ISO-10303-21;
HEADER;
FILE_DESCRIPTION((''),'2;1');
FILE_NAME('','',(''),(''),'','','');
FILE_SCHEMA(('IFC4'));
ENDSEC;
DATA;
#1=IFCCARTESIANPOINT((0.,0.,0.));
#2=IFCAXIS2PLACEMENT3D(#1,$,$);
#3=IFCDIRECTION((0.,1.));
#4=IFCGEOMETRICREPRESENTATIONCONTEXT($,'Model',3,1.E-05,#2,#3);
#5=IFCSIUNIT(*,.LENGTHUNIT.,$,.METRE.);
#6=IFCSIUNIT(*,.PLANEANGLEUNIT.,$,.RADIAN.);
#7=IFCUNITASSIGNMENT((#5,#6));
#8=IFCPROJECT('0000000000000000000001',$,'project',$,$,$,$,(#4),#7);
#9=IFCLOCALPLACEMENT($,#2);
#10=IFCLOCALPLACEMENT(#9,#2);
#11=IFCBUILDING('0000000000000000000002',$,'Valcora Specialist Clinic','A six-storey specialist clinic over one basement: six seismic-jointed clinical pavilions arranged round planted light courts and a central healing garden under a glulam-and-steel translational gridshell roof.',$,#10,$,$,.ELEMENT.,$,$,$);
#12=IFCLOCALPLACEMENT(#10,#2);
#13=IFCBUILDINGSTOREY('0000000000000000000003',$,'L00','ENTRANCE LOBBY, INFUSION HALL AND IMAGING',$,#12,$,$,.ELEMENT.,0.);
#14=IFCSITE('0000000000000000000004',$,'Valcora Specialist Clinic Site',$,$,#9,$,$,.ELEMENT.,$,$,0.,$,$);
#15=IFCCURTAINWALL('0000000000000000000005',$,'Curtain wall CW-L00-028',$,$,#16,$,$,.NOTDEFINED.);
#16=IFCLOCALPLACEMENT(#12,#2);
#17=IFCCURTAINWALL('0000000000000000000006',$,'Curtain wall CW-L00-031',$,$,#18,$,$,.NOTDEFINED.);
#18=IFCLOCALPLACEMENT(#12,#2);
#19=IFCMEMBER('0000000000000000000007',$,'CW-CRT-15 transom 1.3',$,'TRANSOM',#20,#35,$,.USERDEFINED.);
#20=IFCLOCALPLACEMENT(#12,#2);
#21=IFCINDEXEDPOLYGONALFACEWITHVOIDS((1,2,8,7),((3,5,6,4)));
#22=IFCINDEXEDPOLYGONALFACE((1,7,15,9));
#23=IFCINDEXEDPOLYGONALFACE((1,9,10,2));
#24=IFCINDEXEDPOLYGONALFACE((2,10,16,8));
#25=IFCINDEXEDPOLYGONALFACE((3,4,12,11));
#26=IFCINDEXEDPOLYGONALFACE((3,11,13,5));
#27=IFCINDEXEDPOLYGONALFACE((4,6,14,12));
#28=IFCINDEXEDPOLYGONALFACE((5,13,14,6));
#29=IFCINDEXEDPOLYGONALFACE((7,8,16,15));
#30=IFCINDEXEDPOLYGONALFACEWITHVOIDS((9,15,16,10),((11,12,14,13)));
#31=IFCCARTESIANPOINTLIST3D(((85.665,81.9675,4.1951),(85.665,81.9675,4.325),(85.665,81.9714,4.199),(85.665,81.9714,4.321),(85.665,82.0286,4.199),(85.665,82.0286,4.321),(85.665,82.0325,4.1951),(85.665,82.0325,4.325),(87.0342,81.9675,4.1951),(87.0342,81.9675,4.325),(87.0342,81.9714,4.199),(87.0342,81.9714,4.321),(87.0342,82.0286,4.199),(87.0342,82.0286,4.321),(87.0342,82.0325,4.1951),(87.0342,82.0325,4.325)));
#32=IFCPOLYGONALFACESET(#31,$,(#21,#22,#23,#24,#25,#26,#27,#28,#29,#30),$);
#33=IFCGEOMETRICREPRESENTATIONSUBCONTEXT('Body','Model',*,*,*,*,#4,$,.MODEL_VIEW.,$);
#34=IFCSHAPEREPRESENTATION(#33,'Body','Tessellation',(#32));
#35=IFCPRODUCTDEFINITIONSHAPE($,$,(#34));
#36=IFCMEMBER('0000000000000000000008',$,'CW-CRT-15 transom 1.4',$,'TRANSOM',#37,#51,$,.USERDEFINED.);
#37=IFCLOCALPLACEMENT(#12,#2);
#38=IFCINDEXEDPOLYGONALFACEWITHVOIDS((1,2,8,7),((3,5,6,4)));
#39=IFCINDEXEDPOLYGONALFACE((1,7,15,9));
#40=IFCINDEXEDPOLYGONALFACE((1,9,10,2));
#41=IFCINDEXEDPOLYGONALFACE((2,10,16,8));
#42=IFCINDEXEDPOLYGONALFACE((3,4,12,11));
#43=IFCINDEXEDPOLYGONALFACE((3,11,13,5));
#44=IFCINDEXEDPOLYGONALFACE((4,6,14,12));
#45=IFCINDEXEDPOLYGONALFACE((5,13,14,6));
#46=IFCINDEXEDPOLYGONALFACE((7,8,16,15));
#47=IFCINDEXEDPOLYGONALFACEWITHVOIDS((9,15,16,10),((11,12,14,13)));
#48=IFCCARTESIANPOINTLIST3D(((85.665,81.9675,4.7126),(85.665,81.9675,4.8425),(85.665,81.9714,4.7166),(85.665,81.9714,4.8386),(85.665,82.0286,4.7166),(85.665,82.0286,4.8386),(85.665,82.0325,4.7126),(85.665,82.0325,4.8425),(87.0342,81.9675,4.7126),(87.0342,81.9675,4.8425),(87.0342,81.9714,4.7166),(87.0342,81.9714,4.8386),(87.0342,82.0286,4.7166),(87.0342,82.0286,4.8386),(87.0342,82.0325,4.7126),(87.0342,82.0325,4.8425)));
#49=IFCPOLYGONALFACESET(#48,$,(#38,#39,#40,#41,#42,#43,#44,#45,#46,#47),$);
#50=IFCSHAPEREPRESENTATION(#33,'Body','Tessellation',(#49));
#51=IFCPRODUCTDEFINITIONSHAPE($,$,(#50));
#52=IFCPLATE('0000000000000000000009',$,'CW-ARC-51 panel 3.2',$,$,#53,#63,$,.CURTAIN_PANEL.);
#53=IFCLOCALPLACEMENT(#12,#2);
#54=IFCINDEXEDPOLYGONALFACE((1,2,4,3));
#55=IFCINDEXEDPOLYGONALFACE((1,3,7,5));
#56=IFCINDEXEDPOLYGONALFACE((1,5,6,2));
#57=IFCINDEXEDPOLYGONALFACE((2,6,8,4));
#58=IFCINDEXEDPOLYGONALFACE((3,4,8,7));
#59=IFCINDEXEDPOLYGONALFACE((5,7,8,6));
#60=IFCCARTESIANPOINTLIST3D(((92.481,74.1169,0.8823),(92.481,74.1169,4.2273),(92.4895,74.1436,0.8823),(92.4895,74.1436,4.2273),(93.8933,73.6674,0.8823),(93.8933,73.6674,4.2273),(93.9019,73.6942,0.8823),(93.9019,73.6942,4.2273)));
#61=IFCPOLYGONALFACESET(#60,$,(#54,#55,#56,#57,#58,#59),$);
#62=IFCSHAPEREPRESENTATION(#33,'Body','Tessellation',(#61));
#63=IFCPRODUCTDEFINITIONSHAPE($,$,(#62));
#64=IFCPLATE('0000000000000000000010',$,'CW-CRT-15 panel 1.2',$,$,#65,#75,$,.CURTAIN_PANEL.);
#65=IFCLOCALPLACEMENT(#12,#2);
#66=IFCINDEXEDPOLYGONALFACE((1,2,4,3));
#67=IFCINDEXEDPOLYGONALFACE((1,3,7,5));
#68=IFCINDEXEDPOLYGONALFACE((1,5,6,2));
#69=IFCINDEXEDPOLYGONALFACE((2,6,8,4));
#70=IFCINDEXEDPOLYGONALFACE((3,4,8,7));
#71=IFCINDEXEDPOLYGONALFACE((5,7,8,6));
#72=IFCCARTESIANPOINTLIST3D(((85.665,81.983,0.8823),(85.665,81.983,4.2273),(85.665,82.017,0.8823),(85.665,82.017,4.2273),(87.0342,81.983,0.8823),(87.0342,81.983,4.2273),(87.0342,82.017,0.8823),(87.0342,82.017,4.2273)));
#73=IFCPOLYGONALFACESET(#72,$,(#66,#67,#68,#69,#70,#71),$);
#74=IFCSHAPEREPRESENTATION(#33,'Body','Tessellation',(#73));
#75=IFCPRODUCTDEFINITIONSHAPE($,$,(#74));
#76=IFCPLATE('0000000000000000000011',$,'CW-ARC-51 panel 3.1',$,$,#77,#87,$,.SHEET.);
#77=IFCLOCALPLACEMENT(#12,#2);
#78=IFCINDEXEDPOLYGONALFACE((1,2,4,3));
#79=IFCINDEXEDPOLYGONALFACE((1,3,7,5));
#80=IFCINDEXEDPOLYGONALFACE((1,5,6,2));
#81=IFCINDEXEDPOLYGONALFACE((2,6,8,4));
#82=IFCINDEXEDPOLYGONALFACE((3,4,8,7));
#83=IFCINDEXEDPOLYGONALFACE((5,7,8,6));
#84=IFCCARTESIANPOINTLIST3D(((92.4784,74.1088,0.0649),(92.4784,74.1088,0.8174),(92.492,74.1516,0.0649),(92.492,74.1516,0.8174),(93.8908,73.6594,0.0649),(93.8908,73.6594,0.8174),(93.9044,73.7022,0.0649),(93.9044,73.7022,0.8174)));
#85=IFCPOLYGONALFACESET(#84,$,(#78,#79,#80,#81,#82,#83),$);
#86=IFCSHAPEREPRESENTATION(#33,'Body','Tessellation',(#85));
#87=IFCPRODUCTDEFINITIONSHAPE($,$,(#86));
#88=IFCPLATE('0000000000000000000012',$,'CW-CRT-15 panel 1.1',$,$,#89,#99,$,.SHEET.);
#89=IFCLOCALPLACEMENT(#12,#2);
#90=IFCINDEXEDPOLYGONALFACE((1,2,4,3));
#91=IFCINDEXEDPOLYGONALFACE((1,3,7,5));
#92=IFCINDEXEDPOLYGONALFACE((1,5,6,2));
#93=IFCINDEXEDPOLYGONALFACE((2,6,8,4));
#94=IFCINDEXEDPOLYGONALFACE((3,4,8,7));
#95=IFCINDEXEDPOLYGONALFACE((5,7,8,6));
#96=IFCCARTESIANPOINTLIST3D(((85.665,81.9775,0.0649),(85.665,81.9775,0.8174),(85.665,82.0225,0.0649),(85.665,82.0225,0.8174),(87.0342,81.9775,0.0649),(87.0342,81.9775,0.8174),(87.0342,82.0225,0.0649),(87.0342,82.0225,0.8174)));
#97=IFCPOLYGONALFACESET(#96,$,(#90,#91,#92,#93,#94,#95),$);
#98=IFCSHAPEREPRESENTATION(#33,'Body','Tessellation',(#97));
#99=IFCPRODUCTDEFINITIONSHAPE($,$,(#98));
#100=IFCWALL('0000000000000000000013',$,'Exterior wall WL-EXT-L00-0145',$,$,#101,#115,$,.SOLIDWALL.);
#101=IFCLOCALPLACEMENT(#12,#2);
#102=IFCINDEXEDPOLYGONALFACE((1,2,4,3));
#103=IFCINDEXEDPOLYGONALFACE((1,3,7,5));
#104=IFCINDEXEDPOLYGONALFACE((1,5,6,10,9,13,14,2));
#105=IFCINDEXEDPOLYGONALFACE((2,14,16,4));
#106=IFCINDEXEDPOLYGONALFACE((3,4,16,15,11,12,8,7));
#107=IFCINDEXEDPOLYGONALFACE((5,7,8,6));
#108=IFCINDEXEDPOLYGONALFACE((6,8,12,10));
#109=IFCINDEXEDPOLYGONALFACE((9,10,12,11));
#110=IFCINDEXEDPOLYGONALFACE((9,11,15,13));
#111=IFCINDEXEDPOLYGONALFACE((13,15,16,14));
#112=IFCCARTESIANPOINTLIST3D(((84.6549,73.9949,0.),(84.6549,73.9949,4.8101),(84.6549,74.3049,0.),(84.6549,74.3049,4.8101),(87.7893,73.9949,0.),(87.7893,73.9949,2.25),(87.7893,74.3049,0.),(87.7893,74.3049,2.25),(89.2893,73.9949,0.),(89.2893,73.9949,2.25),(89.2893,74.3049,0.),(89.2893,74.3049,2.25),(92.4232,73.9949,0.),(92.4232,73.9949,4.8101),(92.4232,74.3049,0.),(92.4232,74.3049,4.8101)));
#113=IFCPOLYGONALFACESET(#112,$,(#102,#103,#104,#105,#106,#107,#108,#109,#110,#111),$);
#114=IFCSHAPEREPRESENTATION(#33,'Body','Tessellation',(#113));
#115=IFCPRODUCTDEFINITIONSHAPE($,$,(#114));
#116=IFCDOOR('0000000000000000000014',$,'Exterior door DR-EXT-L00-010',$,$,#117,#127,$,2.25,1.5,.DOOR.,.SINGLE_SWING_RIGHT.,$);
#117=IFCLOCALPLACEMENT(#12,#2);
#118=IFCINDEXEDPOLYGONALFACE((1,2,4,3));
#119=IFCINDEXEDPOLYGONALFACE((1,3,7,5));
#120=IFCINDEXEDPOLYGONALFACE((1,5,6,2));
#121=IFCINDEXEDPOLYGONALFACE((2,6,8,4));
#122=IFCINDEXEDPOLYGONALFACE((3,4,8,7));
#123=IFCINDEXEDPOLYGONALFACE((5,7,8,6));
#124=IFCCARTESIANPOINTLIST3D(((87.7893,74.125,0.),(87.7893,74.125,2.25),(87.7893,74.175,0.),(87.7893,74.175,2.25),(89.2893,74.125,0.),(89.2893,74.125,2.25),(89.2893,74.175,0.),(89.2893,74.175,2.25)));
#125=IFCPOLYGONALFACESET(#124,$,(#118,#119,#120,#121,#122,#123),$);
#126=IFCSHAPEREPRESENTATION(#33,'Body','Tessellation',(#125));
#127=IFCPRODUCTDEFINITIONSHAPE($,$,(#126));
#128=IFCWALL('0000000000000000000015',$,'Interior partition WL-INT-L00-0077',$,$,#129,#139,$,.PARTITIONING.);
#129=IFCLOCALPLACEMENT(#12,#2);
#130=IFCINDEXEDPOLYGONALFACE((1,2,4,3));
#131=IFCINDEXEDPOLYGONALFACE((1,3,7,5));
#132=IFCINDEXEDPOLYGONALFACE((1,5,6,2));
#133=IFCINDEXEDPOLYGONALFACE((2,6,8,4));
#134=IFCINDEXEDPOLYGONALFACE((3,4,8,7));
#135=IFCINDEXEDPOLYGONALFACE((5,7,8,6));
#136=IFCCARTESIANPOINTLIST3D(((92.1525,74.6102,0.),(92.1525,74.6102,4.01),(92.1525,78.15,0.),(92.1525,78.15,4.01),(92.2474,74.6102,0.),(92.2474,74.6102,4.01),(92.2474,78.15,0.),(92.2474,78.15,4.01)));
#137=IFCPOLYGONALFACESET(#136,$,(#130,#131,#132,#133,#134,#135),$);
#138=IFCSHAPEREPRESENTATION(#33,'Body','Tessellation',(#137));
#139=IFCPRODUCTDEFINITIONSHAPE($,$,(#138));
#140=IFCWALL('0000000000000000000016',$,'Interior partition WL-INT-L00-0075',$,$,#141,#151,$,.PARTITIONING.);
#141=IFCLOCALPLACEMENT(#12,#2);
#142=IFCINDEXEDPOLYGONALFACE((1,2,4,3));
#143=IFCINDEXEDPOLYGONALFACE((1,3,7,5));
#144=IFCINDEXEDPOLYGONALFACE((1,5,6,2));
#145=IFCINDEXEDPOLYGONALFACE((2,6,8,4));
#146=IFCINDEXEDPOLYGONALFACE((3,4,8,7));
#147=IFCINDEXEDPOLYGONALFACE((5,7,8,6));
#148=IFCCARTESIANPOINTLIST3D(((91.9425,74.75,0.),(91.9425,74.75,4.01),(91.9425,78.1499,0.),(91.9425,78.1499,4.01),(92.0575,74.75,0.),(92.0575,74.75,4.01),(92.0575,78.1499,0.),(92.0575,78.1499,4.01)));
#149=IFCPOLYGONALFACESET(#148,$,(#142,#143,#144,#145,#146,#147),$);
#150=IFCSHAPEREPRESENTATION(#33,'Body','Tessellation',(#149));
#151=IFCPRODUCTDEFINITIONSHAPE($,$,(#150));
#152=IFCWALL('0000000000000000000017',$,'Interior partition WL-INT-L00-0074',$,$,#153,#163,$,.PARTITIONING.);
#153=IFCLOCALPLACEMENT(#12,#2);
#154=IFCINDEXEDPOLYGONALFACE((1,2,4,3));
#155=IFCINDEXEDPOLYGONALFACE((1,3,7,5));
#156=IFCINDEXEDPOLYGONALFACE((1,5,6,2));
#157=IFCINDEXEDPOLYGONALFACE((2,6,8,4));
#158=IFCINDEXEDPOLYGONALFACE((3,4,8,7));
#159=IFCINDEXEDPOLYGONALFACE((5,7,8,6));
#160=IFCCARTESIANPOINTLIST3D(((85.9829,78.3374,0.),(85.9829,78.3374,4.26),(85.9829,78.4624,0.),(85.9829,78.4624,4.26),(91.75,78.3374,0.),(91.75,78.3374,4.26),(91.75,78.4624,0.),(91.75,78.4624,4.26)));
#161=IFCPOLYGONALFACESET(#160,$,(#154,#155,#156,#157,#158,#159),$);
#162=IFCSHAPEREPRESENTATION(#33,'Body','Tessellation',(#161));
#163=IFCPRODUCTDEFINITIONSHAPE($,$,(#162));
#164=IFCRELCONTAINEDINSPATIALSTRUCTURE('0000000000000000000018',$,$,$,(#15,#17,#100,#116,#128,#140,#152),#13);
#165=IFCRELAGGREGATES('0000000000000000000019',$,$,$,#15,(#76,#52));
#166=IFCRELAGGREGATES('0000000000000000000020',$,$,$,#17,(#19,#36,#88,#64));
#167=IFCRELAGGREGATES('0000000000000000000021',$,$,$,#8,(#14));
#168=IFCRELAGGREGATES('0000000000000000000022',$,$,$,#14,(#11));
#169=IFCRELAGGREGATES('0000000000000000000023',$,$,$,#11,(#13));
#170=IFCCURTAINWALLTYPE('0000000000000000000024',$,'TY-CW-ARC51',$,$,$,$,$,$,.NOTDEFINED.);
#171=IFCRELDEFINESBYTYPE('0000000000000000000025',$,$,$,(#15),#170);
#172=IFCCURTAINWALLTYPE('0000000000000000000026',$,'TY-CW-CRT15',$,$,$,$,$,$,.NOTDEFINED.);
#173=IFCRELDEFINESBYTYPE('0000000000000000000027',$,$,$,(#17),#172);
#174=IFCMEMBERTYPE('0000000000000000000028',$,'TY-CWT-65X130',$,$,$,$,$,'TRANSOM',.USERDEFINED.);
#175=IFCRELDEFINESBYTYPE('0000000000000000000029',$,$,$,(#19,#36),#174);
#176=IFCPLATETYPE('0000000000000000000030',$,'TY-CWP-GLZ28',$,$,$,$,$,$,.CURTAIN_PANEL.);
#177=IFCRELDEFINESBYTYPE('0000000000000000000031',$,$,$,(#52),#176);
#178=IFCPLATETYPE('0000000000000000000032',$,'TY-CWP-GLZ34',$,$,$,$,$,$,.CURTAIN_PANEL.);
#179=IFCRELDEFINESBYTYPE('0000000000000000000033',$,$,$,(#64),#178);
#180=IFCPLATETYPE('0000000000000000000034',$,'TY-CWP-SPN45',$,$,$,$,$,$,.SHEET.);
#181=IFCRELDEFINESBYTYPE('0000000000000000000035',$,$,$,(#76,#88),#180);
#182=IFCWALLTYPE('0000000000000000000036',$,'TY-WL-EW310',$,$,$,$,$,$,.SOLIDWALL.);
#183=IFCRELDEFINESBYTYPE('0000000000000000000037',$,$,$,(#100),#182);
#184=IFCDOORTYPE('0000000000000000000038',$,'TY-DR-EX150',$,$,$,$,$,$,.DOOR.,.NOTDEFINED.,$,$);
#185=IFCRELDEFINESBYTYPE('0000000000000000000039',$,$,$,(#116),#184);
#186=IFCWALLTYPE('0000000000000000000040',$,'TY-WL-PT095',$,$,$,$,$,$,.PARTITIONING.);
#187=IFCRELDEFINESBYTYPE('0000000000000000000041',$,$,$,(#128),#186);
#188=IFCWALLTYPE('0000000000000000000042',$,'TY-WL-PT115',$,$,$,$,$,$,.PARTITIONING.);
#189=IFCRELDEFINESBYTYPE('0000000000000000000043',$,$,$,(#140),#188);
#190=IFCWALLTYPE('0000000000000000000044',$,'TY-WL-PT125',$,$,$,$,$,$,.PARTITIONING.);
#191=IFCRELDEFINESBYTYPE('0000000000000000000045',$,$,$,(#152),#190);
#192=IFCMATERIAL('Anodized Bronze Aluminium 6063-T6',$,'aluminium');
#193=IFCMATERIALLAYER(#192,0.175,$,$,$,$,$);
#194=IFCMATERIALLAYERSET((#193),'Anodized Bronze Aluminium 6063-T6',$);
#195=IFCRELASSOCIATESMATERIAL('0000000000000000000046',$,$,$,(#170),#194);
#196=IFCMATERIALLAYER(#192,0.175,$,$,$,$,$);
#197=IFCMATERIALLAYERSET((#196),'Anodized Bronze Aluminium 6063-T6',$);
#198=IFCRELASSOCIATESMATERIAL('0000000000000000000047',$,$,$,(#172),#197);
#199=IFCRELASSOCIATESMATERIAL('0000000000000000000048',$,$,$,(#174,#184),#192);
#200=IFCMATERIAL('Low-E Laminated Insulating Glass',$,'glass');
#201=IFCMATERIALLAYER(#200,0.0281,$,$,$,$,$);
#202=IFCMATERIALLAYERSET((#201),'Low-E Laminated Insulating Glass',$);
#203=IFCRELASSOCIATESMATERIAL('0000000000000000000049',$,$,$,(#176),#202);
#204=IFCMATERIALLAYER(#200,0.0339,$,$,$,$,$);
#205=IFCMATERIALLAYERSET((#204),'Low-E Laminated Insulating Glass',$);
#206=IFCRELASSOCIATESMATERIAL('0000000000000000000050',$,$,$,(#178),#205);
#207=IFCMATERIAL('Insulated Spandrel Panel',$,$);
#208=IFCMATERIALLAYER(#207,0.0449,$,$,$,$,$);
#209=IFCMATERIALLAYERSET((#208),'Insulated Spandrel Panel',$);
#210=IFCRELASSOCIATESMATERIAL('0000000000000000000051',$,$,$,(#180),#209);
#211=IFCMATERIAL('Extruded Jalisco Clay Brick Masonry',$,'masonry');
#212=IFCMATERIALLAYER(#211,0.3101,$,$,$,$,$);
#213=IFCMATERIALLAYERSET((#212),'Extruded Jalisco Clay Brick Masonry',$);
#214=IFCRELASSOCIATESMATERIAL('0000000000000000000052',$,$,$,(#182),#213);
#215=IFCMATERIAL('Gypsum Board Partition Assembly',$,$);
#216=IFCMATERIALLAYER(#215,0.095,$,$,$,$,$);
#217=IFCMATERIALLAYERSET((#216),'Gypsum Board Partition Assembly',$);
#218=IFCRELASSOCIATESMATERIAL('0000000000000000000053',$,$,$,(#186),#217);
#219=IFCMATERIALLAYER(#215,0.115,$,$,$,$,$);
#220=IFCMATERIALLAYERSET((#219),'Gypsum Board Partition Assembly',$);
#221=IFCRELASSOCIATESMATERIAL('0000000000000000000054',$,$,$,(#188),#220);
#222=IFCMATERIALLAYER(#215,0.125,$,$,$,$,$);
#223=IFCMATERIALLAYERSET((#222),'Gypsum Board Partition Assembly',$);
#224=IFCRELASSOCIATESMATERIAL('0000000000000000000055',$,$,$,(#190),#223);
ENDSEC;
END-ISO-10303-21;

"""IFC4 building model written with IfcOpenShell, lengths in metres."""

from ifc_helpers import new_model, si_unit, direction, frame, frame_2d, origin, origin_2d, place, context, subcontext, project, spatial, rectangle, hollow_rectangle, extrude, material, layer, layer_set, material_profile, profile_set, type_object, element, fill, aggregate, save


model = new_model("IFC4")

# Units and contexts
model_context = context("Model", 3, precision=1e-05, world=origin(), true_north=direction((0.0, 1.0)))
body_context = subcontext(model_context, "Body", "Model", "MODEL_VIEW")
ifc_project = project(units=[si_unit("LENGTHUNIT", "METRE"), si_unit("PLANEANGLEUNIT", "RADIAN")], contexts=[model_context])

# Site, building, storey
site_placement = place(None, origin())
site = spatial("IfcSite", under=ifc_project, at=site_placement, Name="Valcora Specialist Clinic Site", CompositionType="ELEMENT", RefElevation=0.0)
building_placement = place(site_placement, origin())
building = spatial("IfcBuilding", under=site, at=building_placement, Name="Valcora Specialist Clinic", Description="A six-storey specialist clinic over one basement: six seismic-jointed clinical pavilions arranged round planted light courts and a central healing garden under a glulam-and-steel translational gridshell roof.", CompositionType="ELEMENT")
storey_placement = place(building_placement, origin())
storey = spatial("IfcBuildingStorey", under=building, at=storey_placement, Name="L00", Description="ENTRANCE LOBBY, INFUSION HALL AND IMAGING", CompositionType="ELEMENT", Elevation=0.0)

# Curtain wall
ifc_material_1 = material(Name="Anodized Bronze Aluminium 6063-T6", Category="aluminium")
ifc_layer_1 = layer(ifc_material_1, 0.175)
ifc_layer_set_1 = layer_set([ifc_layer_1], Name="Anodized Bronze Aluminium 6063-T6")
curtain_wall_type_1 = type_object("IfcCurtainWallType", Name="TY-CW-ARC51", PredefinedType="NOTDEFINED", material=ifc_layer_set_1)
curtain_wall_1_placement = place(storey_placement, origin())
curtain_wall_1 = element("IfcCurtainWall", 1, at=curtain_wall_1_placement, inside=storey, type_object=curtain_wall_type_1, Name="Curtain wall CW-L00-028", PredefinedType="NOTDEFINED")
ifc_layer_2 = layer(ifc_material_1, 0.175)
ifc_layer_set_2 = layer_set([ifc_layer_2], Name="Anodized Bronze Aluminium 6063-T6")
curtain_wall_type_2 = type_object("IfcCurtainWallType", Name="TY-CW-CRT15", PredefinedType="NOTDEFINED", material=ifc_layer_set_2)

# Curtain wall, members
curtain_wall_2_placement = place(storey_placement, origin())
curtain_wall_2 = element("IfcCurtainWall", 2, at=curtain_wall_2_placement, inside=storey, type_object=curtain_wall_type_2, Name="Curtain wall CW-L00-031", PredefinedType="NOTDEFINED")
ifc_material_profile_1 = material_profile(ifc_material_1, hollow_rectangle(XDim=0.0649, YDim=0.1299, WallThickness=0.0039, at=origin_2d()), Name="AL-TRN-65X130")
ifc_profile_set_1 = profile_set([ifc_material_profile_1], Name="Anodized Bronze Aluminium 6063-T6")
member_type_1 = type_object("IfcMemberType", Name="TY-CWT-65X130", ElementType="TRANSOM", PredefinedType="USERDEFINED", material=ifc_profile_set_1)
member_1_placement = place(storey_placement, frame((85.665, 82.0, 4.26), z_axis=(1.0, 0.0, 0.0), x_axis=(0.0, 1.0, 0.0)))
member_1 = element("IfcMember", 3, at=member_1_placement, type_object=member_type_1, Name="CW-CRT-15 transom 1.3", ObjectType="TRANSOM", PredefinedType="USERDEFINED", context=body_context, shape_type="SweptSolid", body=[
    extrude(hollow_rectangle(XDim=0.0649, YDim=0.1299, WallThickness=0.0039, at=origin_2d()), origin(), (0.0, 0.0, 1.0), 1.3691),
])
member_2_placement = place(storey_placement, frame((85.665, 82.0, 4.7776), z_axis=(1.0, 0.0, 0.0), x_axis=(0.0, 1.0, 0.0)))
member_2 = element("IfcMember", 4, at=member_2_placement, type_object=member_type_1, Name="CW-CRT-15 transom 1.4", ObjectType="TRANSOM", PredefinedType="USERDEFINED", context=body_context, shape_type="SweptSolid", body=[
    extrude(hollow_rectangle(XDim=0.0649, YDim=0.1299, WallThickness=0.0039, at=origin_2d()), origin(), (0.0, 0.0, 1.0), 1.3691),
])

# Plates
ifc_material_2 = material(Name="Low-E Laminated Insulating Glass", Category="glass")
ifc_layer_3 = layer(ifc_material_2, 0.0281)
ifc_layer_set_3 = layer_set([ifc_layer_3], Name="Low-E Laminated Insulating Glass")
plate_type_1 = type_object("IfcPlateType", Name="TY-CWP-GLZ28", PredefinedType="CURTAIN_PANEL", material=ifc_layer_set_3)
plate_1_placement = place(storey_placement, frame((93.1914, 73.9055, 0.8823), z_axis=(0.0, 0.0, 1.0), x_axis=(-0.952916, 0.303233, 0.0)))
plate_1 = element("IfcPlate", 5, at=plate_1_placement, type_object=plate_type_1, Name="CW-ARC-51 panel 3.2", PredefinedType="CURTAIN_PANEL", context=body_context, shape_type="SweptSolid", body=[
    extrude(rectangle(XDim=1.4822, YDim=0.0281, at=origin_2d()), origin(), (0.0, 0.0, 1.0), 3.345),
])
ifc_layer_4 = layer(ifc_material_2, 0.0339)
ifc_layer_set_4 = layer_set([ifc_layer_4], Name="Low-E Laminated Insulating Glass")
plate_type_2 = type_object("IfcPlateType", Name="TY-CWP-GLZ34", PredefinedType="CURTAIN_PANEL", material=ifc_layer_set_4)
plate_2_placement = place(storey_placement, frame((86.3496, 82.0, 0.8823), z_axis=(0.0, 0.0, 1.0), x_axis=(1.0, 0.0, 0.0)))
plate_2 = element("IfcPlate", 6, at=plate_2_placement, type_object=plate_type_2, Name="CW-CRT-15 panel 1.2", PredefinedType="CURTAIN_PANEL", context=body_context, shape_type="SweptSolid", body=[
    extrude(rectangle(XDim=1.3691, YDim=0.0339, at=origin_2d()), origin(), (0.0, 0.0, 1.0), 3.345),
])
ifc_material_3 = material(Name="Insulated Spandrel Panel")
ifc_layer_5 = layer(ifc_material_3, 0.0449)
ifc_layer_set_5 = layer_set([ifc_layer_5], Name="Insulated Spandrel Panel")
plate_type_3 = type_object("IfcPlateType", Name="TY-CWP-SPN45", PredefinedType="SHEET", material=ifc_layer_set_5)
plate_3_placement = place(storey_placement, frame((93.1914, 73.9055, 0.0649), z_axis=(0.0, 0.0, 1.0), x_axis=(-0.952916, 0.303233, 0.0)))
plate_3 = element("IfcPlate", 7, at=plate_3_placement, type_object=plate_type_3, Name="CW-ARC-51 panel 3.1", PredefinedType="SHEET", context=body_context, shape_type="SweptSolid", body=[
    extrude(rectangle(XDim=1.4822, YDim=0.0449, at=origin_2d()), origin(), (0.0, 0.0, 1.0), 0.7524),
])
aggregate(curtain_wall_1, [plate_3, plate_1])
plate_4_placement = place(storey_placement, frame((86.3496, 82.0, 0.0649), z_axis=(0.0, 0.0, 1.0), x_axis=(1.0, 0.0, 0.0)))
plate_4 = element("IfcPlate", 8, at=plate_4_placement, type_object=plate_type_3, Name="CW-CRT-15 panel 1.1", PredefinedType="SHEET", context=body_context, shape_type="SweptSolid", body=[
    extrude(rectangle(XDim=1.3691, YDim=0.0449, at=origin_2d()), origin(), (0.0, 0.0, 1.0), 0.7524),
])
aggregate(curtain_wall_2, [member_1, member_2, plate_4, plate_2])

# Wall, opening, door
ifc_material_4 = material(Name="Extruded Jalisco Clay Brick Masonry", Category="masonry")
ifc_layer_6 = layer(ifc_material_4, 0.3101)
ifc_layer_set_6 = layer_set([ifc_layer_6], Name="Extruded Jalisco Clay Brick Masonry")
wall_type_1 = type_object("IfcWallType", Name="TY-WL-EW310", PredefinedType="SOLIDWALL", material=ifc_layer_set_6)
wall_1_placement = place(storey_placement, frame((92.4233, 74.1499, 0.0), z_axis=(0.0, 0.0, 1.0), x_axis=(-1.0, 0.0, 0.0)))
wall_1 = element("IfcWall", 9, at=wall_1_placement, inside=storey, type_object=wall_type_1, Name="Exterior wall WL-EXT-L00-0145", PredefinedType="SOLIDWALL", context=body_context, shape_type="SweptSolid", body=[
    extrude(rectangle(XDim=7.7683, YDim=0.3101, at=frame_2d((3.8843, 0.0))), origin(), (0.0, 0.0, 1.0), 4.8101),
])
opening_1_placement = place(wall_1_placement, frame((3.134, 0.0, 0.0)))
opening_1 = element("IfcOpeningElement", 10, at=opening_1_placement, cuts=wall_1, PredefinedType="OPENING", context=body_context, shape_type="SweptSolid", body=[
    extrude(rectangle(XDim=1.5, YDim=2.25, at=frame_2d((0.75, 1.125))), frame((0.0, 0.165, 0.0), z_axis=(0.0, -1.0, 0.0), x_axis=(1.0, 0.0, 0.0)), (0.0, 0.0, 1.0), 0.3301),
])
door_type_1 = type_object("IfcDoorType", Name="TY-DR-EX150", OperationType="NOTDEFINED", PredefinedType="DOOR", material=ifc_material_1)
door_1_placement = place(opening_1_placement, origin())
door_1 = element("IfcDoor", 11, at=door_1_placement, inside=storey, type_object=door_type_1, Name="Exterior door DR-EXT-L00-010", OperationType="SINGLE_SWING_RIGHT", OverallHeight=2.25, OverallWidth=1.5, PredefinedType="DOOR", context=body_context, shape_type="SweptSolid", body=[
    extrude(rectangle(XDim=1.5, YDim=2.25, at=frame_2d((0.75, 1.125))), frame((0.0, 0.0249, 0.0), z_axis=(0.0, -1.0, 0.0), x_axis=(1.0, 0.0, 0.0)), (0.0, 0.0, 1.0), 0.05),
])
fill(opening_1, door_1)

# Walls
ifc_material_5 = material(Name="Gypsum Board Partition Assembly")
ifc_layer_7 = layer(ifc_material_5, 0.095)
ifc_layer_set_7 = layer_set([ifc_layer_7], Name="Gypsum Board Partition Assembly")
wall_type_2 = type_object("IfcWallType", Name="TY-WL-PT095", PredefinedType="PARTITIONING", material=ifc_layer_set_7)
wall_2_placement = place(storey_placement, frame((92.2, 74.6101, 0.0), z_axis=(0.0, 0.0, 1.0), x_axis=(0.0, 1.0, 0.0)))
element("IfcWall", 12, at=wall_2_placement, inside=storey, type_object=wall_type_2, Name="Interior partition WL-INT-L00-0077", PredefinedType="PARTITIONING", context=body_context, shape_type="SweptSolid", body=[
    extrude(rectangle(XDim=3.5398, YDim=0.095, at=frame_2d((1.77, 0.0))), origin(), (0.0, 0.0, 1.0), 4.01),
])
ifc_layer_8 = layer(ifc_material_5, 0.115)
ifc_layer_set_8 = layer_set([ifc_layer_8], Name="Gypsum Board Partition Assembly")
wall_type_3 = type_object("IfcWallType", Name="TY-WL-PT115", PredefinedType="PARTITIONING", material=ifc_layer_set_8)
wall_3_placement = place(storey_placement, frame((92.0, 78.1499, 0.0), z_axis=(0.0, 0.0, 1.0), x_axis=(0.0, -1.0, 0.0)))
element("IfcWall", 13, at=wall_3_placement, inside=storey, type_object=wall_type_3, Name="Interior partition WL-INT-L00-0075", PredefinedType="PARTITIONING", context=body_context, shape_type="SweptSolid", body=[
    extrude(rectangle(XDim=3.3999, YDim=0.115, at=frame_2d((1.7, 0.0))), origin(), (0.0, 0.0, 1.0), 4.01),
])
ifc_layer_9 = layer(ifc_material_5, 0.125)
ifc_layer_set_9 = layer_set([ifc_layer_9], Name="Gypsum Board Partition Assembly")
wall_type_4 = type_object("IfcWallType", Name="TY-WL-PT125", PredefinedType="PARTITIONING", material=ifc_layer_set_9)
wall_4_placement = place(storey_placement, frame((85.9829, 78.3999, 0.0), z_axis=(0.0, 0.0, 1.0), x_axis=(1.0, 0.0, 0.0)))
element("IfcWall", 14, at=wall_4_placement, inside=storey, type_object=wall_type_4, Name="Interior partition WL-INT-L00-0074", PredefinedType="PARTITIONING", context=body_context, shape_type="SweptSolid", body=[
    extrude(rectangle(XDim=5.7671, YDim=0.125, at=frame_2d((2.8835, 0.0))), origin(), (0.0, 0.0, 1.0), 4.26),
])

save(model, "model.ifc")
